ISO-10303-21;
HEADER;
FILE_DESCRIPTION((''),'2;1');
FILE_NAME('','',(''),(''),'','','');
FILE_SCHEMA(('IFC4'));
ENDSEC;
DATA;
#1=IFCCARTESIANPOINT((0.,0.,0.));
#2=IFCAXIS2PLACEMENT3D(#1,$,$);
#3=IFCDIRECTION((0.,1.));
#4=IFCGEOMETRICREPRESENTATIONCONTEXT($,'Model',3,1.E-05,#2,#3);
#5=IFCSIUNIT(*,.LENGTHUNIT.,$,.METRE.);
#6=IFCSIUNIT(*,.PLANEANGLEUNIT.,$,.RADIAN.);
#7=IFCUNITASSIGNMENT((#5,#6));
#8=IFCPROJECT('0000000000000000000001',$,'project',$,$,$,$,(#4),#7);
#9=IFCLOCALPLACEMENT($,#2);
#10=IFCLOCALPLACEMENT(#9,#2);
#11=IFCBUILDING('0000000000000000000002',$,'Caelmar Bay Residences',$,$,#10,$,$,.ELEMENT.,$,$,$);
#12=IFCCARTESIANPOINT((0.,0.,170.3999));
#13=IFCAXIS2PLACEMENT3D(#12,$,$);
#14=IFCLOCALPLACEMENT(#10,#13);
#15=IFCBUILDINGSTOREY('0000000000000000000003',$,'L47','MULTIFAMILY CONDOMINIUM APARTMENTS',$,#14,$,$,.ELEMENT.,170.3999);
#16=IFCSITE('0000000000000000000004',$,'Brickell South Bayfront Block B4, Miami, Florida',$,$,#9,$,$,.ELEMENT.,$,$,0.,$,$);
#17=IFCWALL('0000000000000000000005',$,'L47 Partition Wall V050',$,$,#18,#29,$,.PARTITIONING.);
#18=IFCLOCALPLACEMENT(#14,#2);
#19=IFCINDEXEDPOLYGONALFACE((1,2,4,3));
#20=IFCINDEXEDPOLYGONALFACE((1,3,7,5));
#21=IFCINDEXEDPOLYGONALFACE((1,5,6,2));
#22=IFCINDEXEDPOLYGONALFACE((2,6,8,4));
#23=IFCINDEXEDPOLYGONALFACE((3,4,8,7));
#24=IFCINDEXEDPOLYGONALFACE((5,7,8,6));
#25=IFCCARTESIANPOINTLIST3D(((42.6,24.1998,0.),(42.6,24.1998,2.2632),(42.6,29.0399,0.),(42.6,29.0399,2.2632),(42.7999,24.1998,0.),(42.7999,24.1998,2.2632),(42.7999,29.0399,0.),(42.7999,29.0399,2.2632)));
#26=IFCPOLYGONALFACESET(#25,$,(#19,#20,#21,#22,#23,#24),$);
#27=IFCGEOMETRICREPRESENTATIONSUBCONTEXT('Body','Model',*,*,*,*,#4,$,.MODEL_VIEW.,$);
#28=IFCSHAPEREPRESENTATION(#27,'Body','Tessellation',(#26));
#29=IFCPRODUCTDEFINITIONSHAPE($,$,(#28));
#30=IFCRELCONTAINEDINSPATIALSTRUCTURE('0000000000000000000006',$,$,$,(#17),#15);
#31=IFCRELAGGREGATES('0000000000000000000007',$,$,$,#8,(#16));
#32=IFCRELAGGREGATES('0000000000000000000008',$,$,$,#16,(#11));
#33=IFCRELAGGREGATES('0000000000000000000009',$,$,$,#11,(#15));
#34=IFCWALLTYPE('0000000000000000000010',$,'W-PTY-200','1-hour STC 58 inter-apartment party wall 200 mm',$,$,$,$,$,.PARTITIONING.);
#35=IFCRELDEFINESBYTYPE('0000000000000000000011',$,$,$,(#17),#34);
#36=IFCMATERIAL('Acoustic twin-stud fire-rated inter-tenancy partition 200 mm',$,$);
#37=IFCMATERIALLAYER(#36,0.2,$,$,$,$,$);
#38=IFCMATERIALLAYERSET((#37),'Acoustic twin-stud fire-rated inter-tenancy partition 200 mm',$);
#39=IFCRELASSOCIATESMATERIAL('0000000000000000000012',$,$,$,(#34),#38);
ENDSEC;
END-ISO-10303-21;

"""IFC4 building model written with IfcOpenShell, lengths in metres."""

from ifc_helpers import new_model, si_unit, direction, frame, frame_2d, origin, place, context, subcontext, project, spatial, rectangle, extrude, material, layer, layer_set, type_object, element, save


model = new_model("IFC4")

# Units and contexts
model_context = context("Model", 3, precision=1e-05, world=origin(), true_north=direction((0.0, 1.0)))
body_context = subcontext(model_context, "Body", "Model", "MODEL_VIEW")
ifc_project = project(units=[si_unit("LENGTHUNIT", "METRE"), si_unit("PLANEANGLEUNIT", "RADIAN")], contexts=[model_context])

# Site, building, storey
site_placement = place(None, origin())
site = spatial("IfcSite", under=ifc_project, at=site_placement, Name="Brickell South Bayfront Block B4, Miami, Florida", CompositionType="ELEMENT", RefElevation=0.0)
building_placement = place(site_placement, origin())
building = spatial("IfcBuilding", under=site, at=building_placement, Name="Caelmar Bay Residences", CompositionType="ELEMENT")
storey_placement = place(building_placement, frame((0.0, 0.0, 170.3999)))
storey = spatial("IfcBuildingStorey", under=building, at=storey_placement, Name="L47", Description="MULTIFAMILY CONDOMINIUM APARTMENTS", CompositionType="ELEMENT", Elevation=170.3999)

# Wall
ifc_material_1 = material(Name="Acoustic twin-stud fire-rated inter-tenancy partition 200 mm")
ifc_layer_1 = layer(ifc_material_1, 0.2)
ifc_layer_set_1 = layer_set([ifc_layer_1], Name="Acoustic twin-stud fire-rated inter-tenancy partition 200 mm")
wall_type_1 = type_object("IfcWallType", Name="W-PTY-200", Description="1-hour STC 58 inter-apartment party wall 200 mm", PredefinedType="PARTITIONING", material=ifc_layer_set_1)
wall_1_placement = place(storey_placement, frame((42.7, 24.2, 0.0), z_axis=(0.0, 0.0, 1.0), x_axis=(0.0, 1.0, 0.0)))
element("IfcWall", 1, at=wall_1_placement, inside=storey, type_object=wall_type_1, Name="L47 Partition Wall V050", PredefinedType="PARTITIONING", context=body_context, shape_type="SweptSolid", body=[
    extrude(rectangle(XDim=4.8401, YDim=0.2, at=frame_2d((2.4199, 0.0))), origin(), (0.0, 0.0, 1.0), 2.2632),
])

save(model, "model.ifc")
